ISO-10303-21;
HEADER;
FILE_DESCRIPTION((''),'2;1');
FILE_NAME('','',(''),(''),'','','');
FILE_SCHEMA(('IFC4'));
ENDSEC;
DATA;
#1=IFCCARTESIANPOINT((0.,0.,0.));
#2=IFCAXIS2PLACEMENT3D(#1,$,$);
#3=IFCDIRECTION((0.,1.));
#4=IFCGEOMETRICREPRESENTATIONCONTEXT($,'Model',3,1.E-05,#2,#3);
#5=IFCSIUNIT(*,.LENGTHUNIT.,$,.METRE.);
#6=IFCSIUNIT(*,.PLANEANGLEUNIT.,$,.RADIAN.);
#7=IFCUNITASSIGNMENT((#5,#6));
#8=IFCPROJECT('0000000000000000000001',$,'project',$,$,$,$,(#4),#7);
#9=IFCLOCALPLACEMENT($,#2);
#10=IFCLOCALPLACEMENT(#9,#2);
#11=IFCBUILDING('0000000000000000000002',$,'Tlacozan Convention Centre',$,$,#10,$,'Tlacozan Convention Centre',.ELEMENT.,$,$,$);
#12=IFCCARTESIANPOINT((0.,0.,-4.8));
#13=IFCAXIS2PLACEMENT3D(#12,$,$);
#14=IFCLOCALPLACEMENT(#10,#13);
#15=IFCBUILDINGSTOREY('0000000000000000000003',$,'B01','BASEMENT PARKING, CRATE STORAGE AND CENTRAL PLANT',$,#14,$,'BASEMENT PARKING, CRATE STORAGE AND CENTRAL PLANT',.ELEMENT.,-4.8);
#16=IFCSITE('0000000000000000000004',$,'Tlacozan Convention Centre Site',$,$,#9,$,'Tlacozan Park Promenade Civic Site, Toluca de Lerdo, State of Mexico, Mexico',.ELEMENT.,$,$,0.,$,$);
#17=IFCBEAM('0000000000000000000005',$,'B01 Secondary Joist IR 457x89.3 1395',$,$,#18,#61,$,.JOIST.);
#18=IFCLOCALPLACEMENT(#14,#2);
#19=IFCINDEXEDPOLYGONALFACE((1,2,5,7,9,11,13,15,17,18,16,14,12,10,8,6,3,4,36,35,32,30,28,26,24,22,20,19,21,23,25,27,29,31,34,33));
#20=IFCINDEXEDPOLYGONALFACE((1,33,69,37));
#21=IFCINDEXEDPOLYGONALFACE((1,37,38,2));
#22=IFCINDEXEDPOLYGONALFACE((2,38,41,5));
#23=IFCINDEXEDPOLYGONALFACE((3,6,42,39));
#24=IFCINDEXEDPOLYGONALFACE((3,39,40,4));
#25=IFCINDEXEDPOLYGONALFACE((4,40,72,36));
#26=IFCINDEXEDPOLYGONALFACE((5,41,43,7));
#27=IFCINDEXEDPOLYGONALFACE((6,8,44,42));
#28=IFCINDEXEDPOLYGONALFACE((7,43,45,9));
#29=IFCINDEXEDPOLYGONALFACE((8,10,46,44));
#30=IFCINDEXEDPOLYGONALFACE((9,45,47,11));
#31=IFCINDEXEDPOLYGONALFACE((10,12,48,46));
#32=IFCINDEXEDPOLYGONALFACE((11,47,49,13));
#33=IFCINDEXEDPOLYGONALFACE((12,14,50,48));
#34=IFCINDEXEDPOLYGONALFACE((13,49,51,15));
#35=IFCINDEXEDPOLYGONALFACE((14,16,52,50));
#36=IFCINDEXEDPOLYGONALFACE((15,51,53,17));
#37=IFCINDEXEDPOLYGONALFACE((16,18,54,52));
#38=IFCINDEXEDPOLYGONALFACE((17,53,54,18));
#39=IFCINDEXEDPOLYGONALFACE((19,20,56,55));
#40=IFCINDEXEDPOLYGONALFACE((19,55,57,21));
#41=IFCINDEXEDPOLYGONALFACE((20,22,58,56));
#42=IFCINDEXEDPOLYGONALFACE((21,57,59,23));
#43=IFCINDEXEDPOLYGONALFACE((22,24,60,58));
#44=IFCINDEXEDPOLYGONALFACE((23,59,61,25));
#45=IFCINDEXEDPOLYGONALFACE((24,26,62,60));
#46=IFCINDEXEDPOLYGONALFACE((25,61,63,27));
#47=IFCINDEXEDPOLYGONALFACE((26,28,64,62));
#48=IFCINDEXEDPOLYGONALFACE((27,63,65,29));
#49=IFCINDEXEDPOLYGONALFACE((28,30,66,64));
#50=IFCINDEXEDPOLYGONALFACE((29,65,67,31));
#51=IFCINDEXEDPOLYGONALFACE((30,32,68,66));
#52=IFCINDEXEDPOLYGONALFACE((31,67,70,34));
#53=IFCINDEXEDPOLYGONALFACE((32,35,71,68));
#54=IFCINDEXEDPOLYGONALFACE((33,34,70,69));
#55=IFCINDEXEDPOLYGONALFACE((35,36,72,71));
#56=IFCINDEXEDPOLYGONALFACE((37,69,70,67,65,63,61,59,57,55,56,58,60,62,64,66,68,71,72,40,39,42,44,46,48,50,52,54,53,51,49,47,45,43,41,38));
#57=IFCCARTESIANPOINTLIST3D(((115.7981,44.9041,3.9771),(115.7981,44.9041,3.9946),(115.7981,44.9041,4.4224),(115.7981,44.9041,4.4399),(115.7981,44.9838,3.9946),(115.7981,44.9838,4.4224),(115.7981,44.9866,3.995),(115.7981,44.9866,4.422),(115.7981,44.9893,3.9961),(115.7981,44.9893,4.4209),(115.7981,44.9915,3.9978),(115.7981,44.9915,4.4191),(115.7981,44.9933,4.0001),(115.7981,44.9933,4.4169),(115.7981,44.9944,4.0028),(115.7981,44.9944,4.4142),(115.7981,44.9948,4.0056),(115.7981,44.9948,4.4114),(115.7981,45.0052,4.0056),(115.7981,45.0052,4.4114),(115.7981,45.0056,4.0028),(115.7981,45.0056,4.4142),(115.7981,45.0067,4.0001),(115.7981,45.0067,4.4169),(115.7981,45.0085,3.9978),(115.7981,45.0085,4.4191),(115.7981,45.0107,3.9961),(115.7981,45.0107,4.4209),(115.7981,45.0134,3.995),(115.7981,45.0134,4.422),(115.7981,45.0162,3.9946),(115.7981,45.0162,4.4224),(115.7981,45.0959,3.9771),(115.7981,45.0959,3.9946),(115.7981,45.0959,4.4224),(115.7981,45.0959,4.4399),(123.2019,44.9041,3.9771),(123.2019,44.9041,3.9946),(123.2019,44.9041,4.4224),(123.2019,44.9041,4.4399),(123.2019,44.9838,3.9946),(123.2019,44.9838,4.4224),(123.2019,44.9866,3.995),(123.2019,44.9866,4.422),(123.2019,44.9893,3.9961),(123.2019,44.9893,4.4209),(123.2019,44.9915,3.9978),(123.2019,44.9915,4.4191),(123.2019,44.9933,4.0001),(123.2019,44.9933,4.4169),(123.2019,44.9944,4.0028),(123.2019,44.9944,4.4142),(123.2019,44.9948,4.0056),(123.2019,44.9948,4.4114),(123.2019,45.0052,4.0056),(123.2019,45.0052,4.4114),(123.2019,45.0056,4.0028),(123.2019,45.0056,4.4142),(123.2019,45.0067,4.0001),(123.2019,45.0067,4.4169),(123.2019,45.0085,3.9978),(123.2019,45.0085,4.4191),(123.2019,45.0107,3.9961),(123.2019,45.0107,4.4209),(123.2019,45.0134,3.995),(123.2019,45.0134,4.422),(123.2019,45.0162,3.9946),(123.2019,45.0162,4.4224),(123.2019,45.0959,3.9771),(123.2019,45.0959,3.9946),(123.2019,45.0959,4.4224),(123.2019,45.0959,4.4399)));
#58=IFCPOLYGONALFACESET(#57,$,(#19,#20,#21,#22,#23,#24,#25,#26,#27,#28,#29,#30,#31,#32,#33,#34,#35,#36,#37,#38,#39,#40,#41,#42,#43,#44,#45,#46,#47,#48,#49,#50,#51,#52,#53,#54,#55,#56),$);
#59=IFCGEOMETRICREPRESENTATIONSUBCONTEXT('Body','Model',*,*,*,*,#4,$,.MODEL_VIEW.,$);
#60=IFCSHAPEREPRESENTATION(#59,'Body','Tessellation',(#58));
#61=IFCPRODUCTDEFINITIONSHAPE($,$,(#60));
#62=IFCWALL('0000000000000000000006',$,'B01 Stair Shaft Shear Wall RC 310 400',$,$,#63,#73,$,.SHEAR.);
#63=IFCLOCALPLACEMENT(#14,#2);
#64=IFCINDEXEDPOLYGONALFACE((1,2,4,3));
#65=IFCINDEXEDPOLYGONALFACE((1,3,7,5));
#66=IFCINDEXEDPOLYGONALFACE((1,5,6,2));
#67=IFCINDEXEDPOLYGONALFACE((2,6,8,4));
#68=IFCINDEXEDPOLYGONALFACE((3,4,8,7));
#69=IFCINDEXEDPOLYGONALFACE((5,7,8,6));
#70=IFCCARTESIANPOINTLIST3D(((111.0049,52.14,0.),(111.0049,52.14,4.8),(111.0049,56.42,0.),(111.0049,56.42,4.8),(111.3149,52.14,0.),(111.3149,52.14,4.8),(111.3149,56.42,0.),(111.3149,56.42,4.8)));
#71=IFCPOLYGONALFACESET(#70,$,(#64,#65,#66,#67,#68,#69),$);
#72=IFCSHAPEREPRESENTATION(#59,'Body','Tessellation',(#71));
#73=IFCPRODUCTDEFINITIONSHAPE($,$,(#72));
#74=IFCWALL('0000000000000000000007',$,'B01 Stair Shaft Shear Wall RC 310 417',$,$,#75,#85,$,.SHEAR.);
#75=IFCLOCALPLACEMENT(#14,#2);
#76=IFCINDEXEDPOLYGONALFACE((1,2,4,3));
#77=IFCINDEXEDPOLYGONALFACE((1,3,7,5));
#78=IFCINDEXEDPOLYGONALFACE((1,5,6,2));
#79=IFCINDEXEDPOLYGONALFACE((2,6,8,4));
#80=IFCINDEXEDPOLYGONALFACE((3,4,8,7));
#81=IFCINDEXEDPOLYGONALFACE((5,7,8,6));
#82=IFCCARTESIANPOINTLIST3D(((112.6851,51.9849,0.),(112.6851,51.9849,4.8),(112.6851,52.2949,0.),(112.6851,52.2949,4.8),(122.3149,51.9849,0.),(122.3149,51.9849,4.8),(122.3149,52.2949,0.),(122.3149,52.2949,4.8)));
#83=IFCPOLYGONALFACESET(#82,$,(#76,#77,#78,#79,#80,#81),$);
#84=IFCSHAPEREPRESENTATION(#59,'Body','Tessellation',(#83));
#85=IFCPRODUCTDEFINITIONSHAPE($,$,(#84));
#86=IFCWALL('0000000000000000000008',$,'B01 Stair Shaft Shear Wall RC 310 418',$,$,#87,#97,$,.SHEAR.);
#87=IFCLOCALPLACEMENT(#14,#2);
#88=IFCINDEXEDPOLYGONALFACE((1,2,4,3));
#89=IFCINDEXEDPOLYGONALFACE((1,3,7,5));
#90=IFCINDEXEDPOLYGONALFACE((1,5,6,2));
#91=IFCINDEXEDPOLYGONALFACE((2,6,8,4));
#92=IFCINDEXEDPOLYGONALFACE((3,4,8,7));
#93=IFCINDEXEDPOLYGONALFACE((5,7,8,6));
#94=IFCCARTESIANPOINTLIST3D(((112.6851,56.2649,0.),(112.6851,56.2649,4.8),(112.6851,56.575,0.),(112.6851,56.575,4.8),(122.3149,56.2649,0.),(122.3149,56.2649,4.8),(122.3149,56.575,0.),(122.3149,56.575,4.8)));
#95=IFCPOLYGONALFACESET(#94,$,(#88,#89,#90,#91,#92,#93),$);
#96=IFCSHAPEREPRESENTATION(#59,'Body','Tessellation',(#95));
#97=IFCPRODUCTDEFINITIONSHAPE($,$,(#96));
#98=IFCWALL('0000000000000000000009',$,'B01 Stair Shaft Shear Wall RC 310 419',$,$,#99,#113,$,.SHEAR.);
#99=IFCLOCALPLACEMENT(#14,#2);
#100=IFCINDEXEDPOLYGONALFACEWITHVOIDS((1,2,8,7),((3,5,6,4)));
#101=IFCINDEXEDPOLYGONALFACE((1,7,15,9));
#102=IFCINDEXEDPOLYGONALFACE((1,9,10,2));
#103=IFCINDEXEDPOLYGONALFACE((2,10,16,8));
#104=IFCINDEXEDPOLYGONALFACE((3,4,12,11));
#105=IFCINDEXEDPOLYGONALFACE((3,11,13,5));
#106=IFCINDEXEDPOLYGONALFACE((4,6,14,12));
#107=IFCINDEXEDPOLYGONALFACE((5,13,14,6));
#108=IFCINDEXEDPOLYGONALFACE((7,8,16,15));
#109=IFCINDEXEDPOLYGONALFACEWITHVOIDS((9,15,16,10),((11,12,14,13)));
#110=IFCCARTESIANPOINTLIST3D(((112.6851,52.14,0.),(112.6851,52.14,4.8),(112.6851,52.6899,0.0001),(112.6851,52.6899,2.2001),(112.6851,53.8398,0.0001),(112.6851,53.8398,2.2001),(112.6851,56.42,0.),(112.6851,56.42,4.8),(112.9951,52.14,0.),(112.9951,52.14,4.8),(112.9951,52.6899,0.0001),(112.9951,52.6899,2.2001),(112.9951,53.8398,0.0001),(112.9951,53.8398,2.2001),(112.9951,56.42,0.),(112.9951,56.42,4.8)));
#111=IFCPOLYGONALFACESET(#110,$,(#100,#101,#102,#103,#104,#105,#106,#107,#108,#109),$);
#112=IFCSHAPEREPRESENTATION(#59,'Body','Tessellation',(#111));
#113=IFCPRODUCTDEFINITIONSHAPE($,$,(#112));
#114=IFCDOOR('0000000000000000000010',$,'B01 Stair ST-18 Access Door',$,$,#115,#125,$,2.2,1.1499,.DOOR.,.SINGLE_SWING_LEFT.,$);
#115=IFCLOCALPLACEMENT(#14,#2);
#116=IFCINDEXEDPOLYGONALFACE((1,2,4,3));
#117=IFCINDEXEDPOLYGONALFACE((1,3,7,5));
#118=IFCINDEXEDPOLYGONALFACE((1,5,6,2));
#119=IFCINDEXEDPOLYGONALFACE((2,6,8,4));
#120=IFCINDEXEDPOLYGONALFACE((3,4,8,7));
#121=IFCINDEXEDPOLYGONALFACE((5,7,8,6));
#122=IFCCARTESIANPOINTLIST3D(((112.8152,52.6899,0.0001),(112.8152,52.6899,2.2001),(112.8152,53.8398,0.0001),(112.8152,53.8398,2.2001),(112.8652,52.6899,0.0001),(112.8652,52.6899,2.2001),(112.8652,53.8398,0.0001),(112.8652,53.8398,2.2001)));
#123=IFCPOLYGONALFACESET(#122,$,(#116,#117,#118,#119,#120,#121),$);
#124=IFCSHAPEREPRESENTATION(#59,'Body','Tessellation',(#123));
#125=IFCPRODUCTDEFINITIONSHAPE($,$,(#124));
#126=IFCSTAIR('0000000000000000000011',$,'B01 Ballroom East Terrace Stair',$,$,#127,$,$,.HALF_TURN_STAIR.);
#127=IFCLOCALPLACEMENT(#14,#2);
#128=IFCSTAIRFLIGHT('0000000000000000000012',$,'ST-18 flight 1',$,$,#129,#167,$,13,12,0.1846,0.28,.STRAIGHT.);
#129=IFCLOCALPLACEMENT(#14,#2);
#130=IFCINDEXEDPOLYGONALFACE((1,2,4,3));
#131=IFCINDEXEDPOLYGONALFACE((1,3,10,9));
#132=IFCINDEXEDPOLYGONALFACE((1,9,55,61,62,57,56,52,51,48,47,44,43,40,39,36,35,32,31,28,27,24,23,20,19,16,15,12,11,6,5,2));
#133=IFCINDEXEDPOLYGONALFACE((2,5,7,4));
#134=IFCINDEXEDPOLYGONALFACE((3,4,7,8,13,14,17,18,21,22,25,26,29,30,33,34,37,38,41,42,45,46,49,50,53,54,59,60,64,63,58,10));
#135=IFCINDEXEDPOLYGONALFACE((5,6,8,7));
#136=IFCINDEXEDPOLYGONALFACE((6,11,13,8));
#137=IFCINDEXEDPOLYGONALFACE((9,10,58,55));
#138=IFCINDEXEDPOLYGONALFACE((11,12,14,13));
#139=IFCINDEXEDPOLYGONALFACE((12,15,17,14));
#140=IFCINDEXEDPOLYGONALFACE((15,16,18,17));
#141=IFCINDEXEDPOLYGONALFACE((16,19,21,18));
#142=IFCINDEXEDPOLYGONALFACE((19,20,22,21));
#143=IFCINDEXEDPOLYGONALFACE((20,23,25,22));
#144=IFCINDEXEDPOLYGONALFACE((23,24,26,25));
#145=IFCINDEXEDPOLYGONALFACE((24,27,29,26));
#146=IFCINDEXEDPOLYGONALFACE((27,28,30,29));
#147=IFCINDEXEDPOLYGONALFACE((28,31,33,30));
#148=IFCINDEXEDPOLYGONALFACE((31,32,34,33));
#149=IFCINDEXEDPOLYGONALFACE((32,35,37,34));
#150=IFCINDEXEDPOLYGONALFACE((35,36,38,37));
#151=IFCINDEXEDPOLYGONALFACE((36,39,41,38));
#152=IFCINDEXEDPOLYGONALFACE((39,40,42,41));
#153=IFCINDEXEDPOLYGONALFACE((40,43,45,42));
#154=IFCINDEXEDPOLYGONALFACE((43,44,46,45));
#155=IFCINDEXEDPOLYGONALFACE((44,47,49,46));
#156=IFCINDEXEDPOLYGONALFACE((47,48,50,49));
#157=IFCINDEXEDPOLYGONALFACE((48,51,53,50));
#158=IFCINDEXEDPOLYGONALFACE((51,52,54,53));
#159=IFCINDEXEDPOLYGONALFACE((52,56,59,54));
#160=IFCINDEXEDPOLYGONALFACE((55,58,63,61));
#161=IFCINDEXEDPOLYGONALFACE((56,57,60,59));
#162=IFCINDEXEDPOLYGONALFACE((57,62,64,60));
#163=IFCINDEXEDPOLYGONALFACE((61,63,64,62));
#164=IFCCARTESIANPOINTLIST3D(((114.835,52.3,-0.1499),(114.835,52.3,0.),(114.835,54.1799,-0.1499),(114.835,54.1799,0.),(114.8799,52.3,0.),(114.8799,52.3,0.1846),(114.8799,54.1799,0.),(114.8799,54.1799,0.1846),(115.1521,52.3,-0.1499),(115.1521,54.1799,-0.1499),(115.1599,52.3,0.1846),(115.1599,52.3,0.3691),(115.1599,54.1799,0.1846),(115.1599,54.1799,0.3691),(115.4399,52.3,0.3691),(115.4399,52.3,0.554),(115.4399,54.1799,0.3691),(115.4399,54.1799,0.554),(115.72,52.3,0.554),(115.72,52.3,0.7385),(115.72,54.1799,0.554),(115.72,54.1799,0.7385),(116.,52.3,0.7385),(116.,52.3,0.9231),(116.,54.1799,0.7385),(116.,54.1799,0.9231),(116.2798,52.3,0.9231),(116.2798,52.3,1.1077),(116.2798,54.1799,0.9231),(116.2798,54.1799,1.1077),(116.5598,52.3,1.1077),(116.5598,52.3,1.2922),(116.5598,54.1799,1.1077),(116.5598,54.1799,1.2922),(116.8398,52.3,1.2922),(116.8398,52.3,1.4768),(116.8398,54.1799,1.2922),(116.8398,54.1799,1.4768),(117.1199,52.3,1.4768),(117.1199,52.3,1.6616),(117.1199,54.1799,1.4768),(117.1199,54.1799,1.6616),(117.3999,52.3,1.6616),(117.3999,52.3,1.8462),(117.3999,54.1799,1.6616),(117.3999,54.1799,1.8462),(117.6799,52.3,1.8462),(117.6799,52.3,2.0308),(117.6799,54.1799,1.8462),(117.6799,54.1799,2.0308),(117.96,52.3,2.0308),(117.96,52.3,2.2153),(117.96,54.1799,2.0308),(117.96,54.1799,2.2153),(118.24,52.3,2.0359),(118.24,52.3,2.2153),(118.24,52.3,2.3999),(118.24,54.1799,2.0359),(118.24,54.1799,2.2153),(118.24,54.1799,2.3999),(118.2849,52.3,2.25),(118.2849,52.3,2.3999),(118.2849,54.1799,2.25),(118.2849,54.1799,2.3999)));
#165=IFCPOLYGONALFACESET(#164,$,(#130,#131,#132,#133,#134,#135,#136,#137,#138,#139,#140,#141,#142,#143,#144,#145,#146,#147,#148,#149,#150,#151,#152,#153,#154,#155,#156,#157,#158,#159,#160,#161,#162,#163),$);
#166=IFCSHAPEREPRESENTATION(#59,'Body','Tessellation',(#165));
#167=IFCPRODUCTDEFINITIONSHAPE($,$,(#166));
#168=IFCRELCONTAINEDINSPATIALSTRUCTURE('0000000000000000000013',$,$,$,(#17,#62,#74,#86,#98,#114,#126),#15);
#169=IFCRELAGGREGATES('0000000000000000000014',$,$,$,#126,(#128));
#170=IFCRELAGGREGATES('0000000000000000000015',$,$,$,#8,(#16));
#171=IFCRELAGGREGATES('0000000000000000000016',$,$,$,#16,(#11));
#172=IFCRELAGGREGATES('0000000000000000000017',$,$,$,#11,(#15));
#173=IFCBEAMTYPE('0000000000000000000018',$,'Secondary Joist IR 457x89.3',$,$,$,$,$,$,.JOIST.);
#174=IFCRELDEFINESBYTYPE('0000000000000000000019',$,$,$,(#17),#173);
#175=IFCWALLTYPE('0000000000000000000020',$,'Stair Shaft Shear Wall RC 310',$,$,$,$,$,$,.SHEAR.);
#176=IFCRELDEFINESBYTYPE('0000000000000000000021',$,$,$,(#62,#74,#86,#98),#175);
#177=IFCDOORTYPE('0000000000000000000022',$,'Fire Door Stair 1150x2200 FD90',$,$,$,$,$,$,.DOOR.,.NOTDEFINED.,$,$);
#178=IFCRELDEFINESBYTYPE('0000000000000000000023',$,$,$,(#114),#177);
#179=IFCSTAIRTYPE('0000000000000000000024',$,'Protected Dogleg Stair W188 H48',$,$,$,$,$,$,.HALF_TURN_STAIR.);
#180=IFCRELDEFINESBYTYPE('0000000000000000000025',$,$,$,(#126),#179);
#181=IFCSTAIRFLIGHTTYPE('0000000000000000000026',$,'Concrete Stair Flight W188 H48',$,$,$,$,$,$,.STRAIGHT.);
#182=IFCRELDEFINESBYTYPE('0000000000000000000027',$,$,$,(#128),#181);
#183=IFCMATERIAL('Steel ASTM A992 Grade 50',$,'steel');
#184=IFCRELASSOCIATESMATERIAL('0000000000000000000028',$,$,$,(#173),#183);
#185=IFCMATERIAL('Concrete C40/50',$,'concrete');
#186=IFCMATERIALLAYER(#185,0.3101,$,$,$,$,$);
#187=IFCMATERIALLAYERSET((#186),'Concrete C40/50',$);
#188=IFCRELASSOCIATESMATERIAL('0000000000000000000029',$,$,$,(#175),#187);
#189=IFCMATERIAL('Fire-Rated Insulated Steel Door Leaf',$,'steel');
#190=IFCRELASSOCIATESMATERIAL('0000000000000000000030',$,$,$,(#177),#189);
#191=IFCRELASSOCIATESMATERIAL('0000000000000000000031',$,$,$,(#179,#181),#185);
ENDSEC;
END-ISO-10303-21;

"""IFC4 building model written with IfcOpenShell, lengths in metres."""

from ifc_helpers import new_model, si_unit, direction, frame, frame_2d, origin, origin_2d, place, context, subcontext, project, spatial, polyline, rectangle, i_section, outline, extrude, material, layer, layer_set, material_profile, profile_set, type_object, element, fill, aggregate, save


model = new_model("IFC4")

# Units and contexts
model_context = context("Model", 3, precision=1e-05, world=origin(), true_north=direction((0.0, 1.0)))
body_context = subcontext(model_context, "Body", "Model", "MODEL_VIEW")
ifc_project = project(units=[si_unit("LENGTHUNIT", "METRE"), si_unit("PLANEANGLEUNIT", "RADIAN")], contexts=[model_context])

# Site, building, storey
site_placement = place(None, origin())
site = spatial("IfcSite", under=ifc_project, at=site_placement, Name="Tlacozan Convention Centre Site", LongName="Tlacozan Park Promenade Civic Site, Toluca de Lerdo, State of Mexico, Mexico", CompositionType="ELEMENT", RefElevation=0.0)
building_placement = place(site_placement, origin())
building = spatial("IfcBuilding", under=site, at=building_placement, Name="Tlacozan Convention Centre", LongName="Tlacozan Convention Centre", CompositionType="ELEMENT")
storey_placement = place(building_placement, frame((0.0, 0.0, -4.8)))
storey = spatial("IfcBuildingStorey", under=building, at=storey_placement, Name="B01", Description="BASEMENT PARKING, CRATE STORAGE AND CENTRAL PLANT", LongName="BASEMENT PARKING, CRATE STORAGE AND CENTRAL PLANT", CompositionType="ELEMENT", Elevation=-4.8)

# Shared definitions
ifc_material_1 = material(Name="Concrete C40/50", Category="concrete")

# Beam
ifc_material_2 = material(Name="Steel ASTM A992 Grade 50", Category="steel")
ifc_material_profile_1 = material_profile(ifc_material_2, i_section(OverallWidth=0.1919, OverallDepth=0.4629, WebThickness=0.0105, FlangeThickness=0.0176, FilletRadius=0.011, at=origin_2d()), Name="IR 457x89.3")
ifc_profile_set_1 = profile_set([ifc_material_profile_1], Name="Steel ASTM A992 Grade 50")
beam_type_1 = type_object("IfcBeamType", Name="Secondary Joist IR 457x89.3", PredefinedType="JOIST", material=ifc_profile_set_1)
beam_1_placement = place(storey_placement, frame((115.7981, 45.0, 4.2085), z_axis=(1.0, 0.0, 0.0), x_axis=(0.0, 1.0, 0.0)))
element("IfcBeam", 1, at=beam_1_placement, inside=storey, type_object=beam_type_1, Name="B01 Secondary Joist IR 457x89.3 1395", PredefinedType="JOIST", context=body_context, shape_type="SweptSolid", body=[
    extrude(i_section(OverallWidth=0.1919, OverallDepth=0.4629, WebThickness=0.0105, FlangeThickness=0.0176, FilletRadius=0.011, at=origin_2d()), origin(), (0.0, 0.0, 1.0), 7.4038),
])

# Walls
ifc_layer_1 = layer(ifc_material_1, 0.3101)
ifc_layer_set_1 = layer_set([ifc_layer_1], Name="Concrete C40/50")
wall_type = type_object("IfcWallType", Name="Stair Shaft Shear Wall RC 310", PredefinedType="SHEAR", material=ifc_layer_set_1)
wall_1_placement = place(storey_placement, frame((111.1599, 52.1399, 0.0), z_axis=(0.0, 0.0, 1.0), x_axis=(0.0, 1.0, 0.0)))
element("IfcWall", 2, at=wall_1_placement, inside=storey, type_object=wall_type, Name="B01 Stair Shaft Shear Wall RC 310 400", PredefinedType="SHEAR", context=body_context, shape_type="SweptSolid", body=[
    extrude(rectangle(XDim=4.28, YDim=0.3101, at=frame_2d((2.1401, 0.0))), origin(), (0.0, 0.0, 1.0), 4.8),
])
for number, where, z_axis, x_axis, name in (
    (3, (112.6851, 52.1399, 0.0), (0.0, 0.0, 1.0), (1.0, 0.0, 0.0), "B01 Stair Shaft Shear Wall RC 310 417"),
    (4, (112.6851, 56.4199, 0.0), (0.0, 0.0, 1.0), (1.0, 0.0, 0.0), "B01 Stair Shaft Shear Wall RC 310 418"),
):
    element("IfcWall", number, at=place(storey_placement, frame(where, z_axis=z_axis, x_axis=x_axis)), inside=storey, type_object=wall_type, Name=name, PredefinedType="SHEAR", context=body_context, shape_type="SweptSolid", body=[
        extrude(rectangle(XDim=9.6299, YDim=0.3101, at=frame_2d((4.8149, 0.0))), origin(), (0.0, 0.0, 1.0), 4.8),
    ])

# Wall, opening, door
wall_2_placement = place(storey_placement, frame((112.8401, 52.1399, 0.0), z_axis=(0.0, 0.0, 1.0), x_axis=(0.0, 1.0, 0.0)))
wall_2 = element("IfcWall", 5, at=wall_2_placement, inside=storey, type_object=wall_type, Name="B01 Stair Shaft Shear Wall RC 310 419", PredefinedType="SHEAR", context=body_context, shape_type="SweptSolid", body=[
    extrude(rectangle(XDim=4.28, YDim=0.3101, at=frame_2d((2.1401, 0.0))), origin(), (0.0, 0.0, 1.0), 4.8),
])
opening_placement = place(wall_2_placement, frame((0.55, 0.0, 0.0)))
opening = element("IfcOpeningElement", 6, at=opening_placement, cuts=wall_2, PredefinedType="OPENING", context=body_context, shape_type="SweptSolid", body=[
    extrude(rectangle(XDim=1.1499, YDim=2.2, at=frame_2d((0.575, 1.1001))), frame((0.0, 0.165, 0.0), z_axis=(0.0, -1.0, 0.0), x_axis=(1.0, 0.0, 0.0)), (0.0, 0.0, 1.0), 0.3301),
])
ifc_material_3 = material(Name="Fire-Rated Insulated Steel Door Leaf", Category="steel")
door_type = type_object("IfcDoorType", Name="Fire Door Stair 1150x2200 FD90", OperationType="NOTDEFINED", PredefinedType="DOOR", material=ifc_material_3)
door_placement = place(opening_placement, origin())
door = element("IfcDoor", 7, at=door_placement, inside=storey, type_object=door_type, Name="B01 Stair ST-18 Access Door", OperationType="SINGLE_SWING_LEFT", OverallHeight=2.2, OverallWidth=1.1499, PredefinedType="DOOR", context=body_context, shape_type="SweptSolid", body=[
    extrude(rectangle(XDim=1.1499, YDim=2.2, at=frame_2d((0.575, 1.1001))), frame((0.0, 0.0249, 0.0), z_axis=(0.0, -1.0, 0.0), x_axis=(1.0, 0.0, 0.0)), (0.0, 0.0, 1.0), 0.05),
])
fill(opening, door)

# Stair, stair flight
stair_type = type_object("IfcStairType", Name="Protected Dogleg Stair W188 H48", PredefinedType="HALF_TURN_STAIR", material=ifc_material_1)
stair_placement = place(storey_placement, origin())
stair = element("IfcStair", 8, at=stair_placement, inside=storey, type_object=stair_type, Name="B01 Ballroom East Terrace Stair", PredefinedType="HALF_TURN_STAIR")
stair_flight_type = type_object("IfcStairFlightType", Name="Concrete Stair Flight W188 H48", PredefinedType="STRAIGHT", material=ifc_material_1)
stair_flight_1_placement = place(storey_placement, frame((114.8799, 53.24, 0.0), z_axis=(0.0, 0.0, 1.0), x_axis=(1.0, 0.0, 0.0)))
stair_flight_1 = element("IfcStairFlight", 9, at=stair_flight_1_placement, type_object=stair_flight_type, Name="ST-18 flight 1", NumberOfRisers=13, NumberOfTreads=12, PredefinedType="STRAIGHT", RiserHeight=0.1846, TreadLength=0.28, context=body_context, shape_type="SweptSolid", body=[
    extrude(outline(polyline([(-0.0449, -0.1499), (-0.0449, 0.0), (0.0, 0.0), (0.0, 0.1846), (0.28, 0.1846), (0.28, 0.3691), (0.5601, 0.3691), (0.5601, 0.554), (0.8401, 0.554), (0.8401, 0.7385), (1.1201, 0.7385), (1.1201, 0.9231), (1.3999, 0.9231), (1.3999, 1.1077), (1.6799, 1.1077), (1.6799, 1.2922), (1.96, 1.2922), (1.96, 1.4768), (2.24, 1.4768), (2.24, 1.6616), (2.52, 1.6616), (2.52, 1.8462), (2.8, 1.8462), (2.8, 2.0308), (3.0801, 2.0308), (3.0801, 2.2153), (3.3601, 2.2153), (3.3601, 2.3999), (3.405, 2.3999), (3.405, 2.25), (3.3601, 2.0359), (0.2722, -0.1499), (-0.0449, -0.1499)])), frame((0.0, 0.9399, 0.0), z_axis=(0.0, -1.0, 0.0), x_axis=(1.0, 0.0, 0.0)), (0.0, 0.0, 1.0), 1.8799),
])
aggregate(stair, [stair_flight_1])

save(model, "model.ifc")
